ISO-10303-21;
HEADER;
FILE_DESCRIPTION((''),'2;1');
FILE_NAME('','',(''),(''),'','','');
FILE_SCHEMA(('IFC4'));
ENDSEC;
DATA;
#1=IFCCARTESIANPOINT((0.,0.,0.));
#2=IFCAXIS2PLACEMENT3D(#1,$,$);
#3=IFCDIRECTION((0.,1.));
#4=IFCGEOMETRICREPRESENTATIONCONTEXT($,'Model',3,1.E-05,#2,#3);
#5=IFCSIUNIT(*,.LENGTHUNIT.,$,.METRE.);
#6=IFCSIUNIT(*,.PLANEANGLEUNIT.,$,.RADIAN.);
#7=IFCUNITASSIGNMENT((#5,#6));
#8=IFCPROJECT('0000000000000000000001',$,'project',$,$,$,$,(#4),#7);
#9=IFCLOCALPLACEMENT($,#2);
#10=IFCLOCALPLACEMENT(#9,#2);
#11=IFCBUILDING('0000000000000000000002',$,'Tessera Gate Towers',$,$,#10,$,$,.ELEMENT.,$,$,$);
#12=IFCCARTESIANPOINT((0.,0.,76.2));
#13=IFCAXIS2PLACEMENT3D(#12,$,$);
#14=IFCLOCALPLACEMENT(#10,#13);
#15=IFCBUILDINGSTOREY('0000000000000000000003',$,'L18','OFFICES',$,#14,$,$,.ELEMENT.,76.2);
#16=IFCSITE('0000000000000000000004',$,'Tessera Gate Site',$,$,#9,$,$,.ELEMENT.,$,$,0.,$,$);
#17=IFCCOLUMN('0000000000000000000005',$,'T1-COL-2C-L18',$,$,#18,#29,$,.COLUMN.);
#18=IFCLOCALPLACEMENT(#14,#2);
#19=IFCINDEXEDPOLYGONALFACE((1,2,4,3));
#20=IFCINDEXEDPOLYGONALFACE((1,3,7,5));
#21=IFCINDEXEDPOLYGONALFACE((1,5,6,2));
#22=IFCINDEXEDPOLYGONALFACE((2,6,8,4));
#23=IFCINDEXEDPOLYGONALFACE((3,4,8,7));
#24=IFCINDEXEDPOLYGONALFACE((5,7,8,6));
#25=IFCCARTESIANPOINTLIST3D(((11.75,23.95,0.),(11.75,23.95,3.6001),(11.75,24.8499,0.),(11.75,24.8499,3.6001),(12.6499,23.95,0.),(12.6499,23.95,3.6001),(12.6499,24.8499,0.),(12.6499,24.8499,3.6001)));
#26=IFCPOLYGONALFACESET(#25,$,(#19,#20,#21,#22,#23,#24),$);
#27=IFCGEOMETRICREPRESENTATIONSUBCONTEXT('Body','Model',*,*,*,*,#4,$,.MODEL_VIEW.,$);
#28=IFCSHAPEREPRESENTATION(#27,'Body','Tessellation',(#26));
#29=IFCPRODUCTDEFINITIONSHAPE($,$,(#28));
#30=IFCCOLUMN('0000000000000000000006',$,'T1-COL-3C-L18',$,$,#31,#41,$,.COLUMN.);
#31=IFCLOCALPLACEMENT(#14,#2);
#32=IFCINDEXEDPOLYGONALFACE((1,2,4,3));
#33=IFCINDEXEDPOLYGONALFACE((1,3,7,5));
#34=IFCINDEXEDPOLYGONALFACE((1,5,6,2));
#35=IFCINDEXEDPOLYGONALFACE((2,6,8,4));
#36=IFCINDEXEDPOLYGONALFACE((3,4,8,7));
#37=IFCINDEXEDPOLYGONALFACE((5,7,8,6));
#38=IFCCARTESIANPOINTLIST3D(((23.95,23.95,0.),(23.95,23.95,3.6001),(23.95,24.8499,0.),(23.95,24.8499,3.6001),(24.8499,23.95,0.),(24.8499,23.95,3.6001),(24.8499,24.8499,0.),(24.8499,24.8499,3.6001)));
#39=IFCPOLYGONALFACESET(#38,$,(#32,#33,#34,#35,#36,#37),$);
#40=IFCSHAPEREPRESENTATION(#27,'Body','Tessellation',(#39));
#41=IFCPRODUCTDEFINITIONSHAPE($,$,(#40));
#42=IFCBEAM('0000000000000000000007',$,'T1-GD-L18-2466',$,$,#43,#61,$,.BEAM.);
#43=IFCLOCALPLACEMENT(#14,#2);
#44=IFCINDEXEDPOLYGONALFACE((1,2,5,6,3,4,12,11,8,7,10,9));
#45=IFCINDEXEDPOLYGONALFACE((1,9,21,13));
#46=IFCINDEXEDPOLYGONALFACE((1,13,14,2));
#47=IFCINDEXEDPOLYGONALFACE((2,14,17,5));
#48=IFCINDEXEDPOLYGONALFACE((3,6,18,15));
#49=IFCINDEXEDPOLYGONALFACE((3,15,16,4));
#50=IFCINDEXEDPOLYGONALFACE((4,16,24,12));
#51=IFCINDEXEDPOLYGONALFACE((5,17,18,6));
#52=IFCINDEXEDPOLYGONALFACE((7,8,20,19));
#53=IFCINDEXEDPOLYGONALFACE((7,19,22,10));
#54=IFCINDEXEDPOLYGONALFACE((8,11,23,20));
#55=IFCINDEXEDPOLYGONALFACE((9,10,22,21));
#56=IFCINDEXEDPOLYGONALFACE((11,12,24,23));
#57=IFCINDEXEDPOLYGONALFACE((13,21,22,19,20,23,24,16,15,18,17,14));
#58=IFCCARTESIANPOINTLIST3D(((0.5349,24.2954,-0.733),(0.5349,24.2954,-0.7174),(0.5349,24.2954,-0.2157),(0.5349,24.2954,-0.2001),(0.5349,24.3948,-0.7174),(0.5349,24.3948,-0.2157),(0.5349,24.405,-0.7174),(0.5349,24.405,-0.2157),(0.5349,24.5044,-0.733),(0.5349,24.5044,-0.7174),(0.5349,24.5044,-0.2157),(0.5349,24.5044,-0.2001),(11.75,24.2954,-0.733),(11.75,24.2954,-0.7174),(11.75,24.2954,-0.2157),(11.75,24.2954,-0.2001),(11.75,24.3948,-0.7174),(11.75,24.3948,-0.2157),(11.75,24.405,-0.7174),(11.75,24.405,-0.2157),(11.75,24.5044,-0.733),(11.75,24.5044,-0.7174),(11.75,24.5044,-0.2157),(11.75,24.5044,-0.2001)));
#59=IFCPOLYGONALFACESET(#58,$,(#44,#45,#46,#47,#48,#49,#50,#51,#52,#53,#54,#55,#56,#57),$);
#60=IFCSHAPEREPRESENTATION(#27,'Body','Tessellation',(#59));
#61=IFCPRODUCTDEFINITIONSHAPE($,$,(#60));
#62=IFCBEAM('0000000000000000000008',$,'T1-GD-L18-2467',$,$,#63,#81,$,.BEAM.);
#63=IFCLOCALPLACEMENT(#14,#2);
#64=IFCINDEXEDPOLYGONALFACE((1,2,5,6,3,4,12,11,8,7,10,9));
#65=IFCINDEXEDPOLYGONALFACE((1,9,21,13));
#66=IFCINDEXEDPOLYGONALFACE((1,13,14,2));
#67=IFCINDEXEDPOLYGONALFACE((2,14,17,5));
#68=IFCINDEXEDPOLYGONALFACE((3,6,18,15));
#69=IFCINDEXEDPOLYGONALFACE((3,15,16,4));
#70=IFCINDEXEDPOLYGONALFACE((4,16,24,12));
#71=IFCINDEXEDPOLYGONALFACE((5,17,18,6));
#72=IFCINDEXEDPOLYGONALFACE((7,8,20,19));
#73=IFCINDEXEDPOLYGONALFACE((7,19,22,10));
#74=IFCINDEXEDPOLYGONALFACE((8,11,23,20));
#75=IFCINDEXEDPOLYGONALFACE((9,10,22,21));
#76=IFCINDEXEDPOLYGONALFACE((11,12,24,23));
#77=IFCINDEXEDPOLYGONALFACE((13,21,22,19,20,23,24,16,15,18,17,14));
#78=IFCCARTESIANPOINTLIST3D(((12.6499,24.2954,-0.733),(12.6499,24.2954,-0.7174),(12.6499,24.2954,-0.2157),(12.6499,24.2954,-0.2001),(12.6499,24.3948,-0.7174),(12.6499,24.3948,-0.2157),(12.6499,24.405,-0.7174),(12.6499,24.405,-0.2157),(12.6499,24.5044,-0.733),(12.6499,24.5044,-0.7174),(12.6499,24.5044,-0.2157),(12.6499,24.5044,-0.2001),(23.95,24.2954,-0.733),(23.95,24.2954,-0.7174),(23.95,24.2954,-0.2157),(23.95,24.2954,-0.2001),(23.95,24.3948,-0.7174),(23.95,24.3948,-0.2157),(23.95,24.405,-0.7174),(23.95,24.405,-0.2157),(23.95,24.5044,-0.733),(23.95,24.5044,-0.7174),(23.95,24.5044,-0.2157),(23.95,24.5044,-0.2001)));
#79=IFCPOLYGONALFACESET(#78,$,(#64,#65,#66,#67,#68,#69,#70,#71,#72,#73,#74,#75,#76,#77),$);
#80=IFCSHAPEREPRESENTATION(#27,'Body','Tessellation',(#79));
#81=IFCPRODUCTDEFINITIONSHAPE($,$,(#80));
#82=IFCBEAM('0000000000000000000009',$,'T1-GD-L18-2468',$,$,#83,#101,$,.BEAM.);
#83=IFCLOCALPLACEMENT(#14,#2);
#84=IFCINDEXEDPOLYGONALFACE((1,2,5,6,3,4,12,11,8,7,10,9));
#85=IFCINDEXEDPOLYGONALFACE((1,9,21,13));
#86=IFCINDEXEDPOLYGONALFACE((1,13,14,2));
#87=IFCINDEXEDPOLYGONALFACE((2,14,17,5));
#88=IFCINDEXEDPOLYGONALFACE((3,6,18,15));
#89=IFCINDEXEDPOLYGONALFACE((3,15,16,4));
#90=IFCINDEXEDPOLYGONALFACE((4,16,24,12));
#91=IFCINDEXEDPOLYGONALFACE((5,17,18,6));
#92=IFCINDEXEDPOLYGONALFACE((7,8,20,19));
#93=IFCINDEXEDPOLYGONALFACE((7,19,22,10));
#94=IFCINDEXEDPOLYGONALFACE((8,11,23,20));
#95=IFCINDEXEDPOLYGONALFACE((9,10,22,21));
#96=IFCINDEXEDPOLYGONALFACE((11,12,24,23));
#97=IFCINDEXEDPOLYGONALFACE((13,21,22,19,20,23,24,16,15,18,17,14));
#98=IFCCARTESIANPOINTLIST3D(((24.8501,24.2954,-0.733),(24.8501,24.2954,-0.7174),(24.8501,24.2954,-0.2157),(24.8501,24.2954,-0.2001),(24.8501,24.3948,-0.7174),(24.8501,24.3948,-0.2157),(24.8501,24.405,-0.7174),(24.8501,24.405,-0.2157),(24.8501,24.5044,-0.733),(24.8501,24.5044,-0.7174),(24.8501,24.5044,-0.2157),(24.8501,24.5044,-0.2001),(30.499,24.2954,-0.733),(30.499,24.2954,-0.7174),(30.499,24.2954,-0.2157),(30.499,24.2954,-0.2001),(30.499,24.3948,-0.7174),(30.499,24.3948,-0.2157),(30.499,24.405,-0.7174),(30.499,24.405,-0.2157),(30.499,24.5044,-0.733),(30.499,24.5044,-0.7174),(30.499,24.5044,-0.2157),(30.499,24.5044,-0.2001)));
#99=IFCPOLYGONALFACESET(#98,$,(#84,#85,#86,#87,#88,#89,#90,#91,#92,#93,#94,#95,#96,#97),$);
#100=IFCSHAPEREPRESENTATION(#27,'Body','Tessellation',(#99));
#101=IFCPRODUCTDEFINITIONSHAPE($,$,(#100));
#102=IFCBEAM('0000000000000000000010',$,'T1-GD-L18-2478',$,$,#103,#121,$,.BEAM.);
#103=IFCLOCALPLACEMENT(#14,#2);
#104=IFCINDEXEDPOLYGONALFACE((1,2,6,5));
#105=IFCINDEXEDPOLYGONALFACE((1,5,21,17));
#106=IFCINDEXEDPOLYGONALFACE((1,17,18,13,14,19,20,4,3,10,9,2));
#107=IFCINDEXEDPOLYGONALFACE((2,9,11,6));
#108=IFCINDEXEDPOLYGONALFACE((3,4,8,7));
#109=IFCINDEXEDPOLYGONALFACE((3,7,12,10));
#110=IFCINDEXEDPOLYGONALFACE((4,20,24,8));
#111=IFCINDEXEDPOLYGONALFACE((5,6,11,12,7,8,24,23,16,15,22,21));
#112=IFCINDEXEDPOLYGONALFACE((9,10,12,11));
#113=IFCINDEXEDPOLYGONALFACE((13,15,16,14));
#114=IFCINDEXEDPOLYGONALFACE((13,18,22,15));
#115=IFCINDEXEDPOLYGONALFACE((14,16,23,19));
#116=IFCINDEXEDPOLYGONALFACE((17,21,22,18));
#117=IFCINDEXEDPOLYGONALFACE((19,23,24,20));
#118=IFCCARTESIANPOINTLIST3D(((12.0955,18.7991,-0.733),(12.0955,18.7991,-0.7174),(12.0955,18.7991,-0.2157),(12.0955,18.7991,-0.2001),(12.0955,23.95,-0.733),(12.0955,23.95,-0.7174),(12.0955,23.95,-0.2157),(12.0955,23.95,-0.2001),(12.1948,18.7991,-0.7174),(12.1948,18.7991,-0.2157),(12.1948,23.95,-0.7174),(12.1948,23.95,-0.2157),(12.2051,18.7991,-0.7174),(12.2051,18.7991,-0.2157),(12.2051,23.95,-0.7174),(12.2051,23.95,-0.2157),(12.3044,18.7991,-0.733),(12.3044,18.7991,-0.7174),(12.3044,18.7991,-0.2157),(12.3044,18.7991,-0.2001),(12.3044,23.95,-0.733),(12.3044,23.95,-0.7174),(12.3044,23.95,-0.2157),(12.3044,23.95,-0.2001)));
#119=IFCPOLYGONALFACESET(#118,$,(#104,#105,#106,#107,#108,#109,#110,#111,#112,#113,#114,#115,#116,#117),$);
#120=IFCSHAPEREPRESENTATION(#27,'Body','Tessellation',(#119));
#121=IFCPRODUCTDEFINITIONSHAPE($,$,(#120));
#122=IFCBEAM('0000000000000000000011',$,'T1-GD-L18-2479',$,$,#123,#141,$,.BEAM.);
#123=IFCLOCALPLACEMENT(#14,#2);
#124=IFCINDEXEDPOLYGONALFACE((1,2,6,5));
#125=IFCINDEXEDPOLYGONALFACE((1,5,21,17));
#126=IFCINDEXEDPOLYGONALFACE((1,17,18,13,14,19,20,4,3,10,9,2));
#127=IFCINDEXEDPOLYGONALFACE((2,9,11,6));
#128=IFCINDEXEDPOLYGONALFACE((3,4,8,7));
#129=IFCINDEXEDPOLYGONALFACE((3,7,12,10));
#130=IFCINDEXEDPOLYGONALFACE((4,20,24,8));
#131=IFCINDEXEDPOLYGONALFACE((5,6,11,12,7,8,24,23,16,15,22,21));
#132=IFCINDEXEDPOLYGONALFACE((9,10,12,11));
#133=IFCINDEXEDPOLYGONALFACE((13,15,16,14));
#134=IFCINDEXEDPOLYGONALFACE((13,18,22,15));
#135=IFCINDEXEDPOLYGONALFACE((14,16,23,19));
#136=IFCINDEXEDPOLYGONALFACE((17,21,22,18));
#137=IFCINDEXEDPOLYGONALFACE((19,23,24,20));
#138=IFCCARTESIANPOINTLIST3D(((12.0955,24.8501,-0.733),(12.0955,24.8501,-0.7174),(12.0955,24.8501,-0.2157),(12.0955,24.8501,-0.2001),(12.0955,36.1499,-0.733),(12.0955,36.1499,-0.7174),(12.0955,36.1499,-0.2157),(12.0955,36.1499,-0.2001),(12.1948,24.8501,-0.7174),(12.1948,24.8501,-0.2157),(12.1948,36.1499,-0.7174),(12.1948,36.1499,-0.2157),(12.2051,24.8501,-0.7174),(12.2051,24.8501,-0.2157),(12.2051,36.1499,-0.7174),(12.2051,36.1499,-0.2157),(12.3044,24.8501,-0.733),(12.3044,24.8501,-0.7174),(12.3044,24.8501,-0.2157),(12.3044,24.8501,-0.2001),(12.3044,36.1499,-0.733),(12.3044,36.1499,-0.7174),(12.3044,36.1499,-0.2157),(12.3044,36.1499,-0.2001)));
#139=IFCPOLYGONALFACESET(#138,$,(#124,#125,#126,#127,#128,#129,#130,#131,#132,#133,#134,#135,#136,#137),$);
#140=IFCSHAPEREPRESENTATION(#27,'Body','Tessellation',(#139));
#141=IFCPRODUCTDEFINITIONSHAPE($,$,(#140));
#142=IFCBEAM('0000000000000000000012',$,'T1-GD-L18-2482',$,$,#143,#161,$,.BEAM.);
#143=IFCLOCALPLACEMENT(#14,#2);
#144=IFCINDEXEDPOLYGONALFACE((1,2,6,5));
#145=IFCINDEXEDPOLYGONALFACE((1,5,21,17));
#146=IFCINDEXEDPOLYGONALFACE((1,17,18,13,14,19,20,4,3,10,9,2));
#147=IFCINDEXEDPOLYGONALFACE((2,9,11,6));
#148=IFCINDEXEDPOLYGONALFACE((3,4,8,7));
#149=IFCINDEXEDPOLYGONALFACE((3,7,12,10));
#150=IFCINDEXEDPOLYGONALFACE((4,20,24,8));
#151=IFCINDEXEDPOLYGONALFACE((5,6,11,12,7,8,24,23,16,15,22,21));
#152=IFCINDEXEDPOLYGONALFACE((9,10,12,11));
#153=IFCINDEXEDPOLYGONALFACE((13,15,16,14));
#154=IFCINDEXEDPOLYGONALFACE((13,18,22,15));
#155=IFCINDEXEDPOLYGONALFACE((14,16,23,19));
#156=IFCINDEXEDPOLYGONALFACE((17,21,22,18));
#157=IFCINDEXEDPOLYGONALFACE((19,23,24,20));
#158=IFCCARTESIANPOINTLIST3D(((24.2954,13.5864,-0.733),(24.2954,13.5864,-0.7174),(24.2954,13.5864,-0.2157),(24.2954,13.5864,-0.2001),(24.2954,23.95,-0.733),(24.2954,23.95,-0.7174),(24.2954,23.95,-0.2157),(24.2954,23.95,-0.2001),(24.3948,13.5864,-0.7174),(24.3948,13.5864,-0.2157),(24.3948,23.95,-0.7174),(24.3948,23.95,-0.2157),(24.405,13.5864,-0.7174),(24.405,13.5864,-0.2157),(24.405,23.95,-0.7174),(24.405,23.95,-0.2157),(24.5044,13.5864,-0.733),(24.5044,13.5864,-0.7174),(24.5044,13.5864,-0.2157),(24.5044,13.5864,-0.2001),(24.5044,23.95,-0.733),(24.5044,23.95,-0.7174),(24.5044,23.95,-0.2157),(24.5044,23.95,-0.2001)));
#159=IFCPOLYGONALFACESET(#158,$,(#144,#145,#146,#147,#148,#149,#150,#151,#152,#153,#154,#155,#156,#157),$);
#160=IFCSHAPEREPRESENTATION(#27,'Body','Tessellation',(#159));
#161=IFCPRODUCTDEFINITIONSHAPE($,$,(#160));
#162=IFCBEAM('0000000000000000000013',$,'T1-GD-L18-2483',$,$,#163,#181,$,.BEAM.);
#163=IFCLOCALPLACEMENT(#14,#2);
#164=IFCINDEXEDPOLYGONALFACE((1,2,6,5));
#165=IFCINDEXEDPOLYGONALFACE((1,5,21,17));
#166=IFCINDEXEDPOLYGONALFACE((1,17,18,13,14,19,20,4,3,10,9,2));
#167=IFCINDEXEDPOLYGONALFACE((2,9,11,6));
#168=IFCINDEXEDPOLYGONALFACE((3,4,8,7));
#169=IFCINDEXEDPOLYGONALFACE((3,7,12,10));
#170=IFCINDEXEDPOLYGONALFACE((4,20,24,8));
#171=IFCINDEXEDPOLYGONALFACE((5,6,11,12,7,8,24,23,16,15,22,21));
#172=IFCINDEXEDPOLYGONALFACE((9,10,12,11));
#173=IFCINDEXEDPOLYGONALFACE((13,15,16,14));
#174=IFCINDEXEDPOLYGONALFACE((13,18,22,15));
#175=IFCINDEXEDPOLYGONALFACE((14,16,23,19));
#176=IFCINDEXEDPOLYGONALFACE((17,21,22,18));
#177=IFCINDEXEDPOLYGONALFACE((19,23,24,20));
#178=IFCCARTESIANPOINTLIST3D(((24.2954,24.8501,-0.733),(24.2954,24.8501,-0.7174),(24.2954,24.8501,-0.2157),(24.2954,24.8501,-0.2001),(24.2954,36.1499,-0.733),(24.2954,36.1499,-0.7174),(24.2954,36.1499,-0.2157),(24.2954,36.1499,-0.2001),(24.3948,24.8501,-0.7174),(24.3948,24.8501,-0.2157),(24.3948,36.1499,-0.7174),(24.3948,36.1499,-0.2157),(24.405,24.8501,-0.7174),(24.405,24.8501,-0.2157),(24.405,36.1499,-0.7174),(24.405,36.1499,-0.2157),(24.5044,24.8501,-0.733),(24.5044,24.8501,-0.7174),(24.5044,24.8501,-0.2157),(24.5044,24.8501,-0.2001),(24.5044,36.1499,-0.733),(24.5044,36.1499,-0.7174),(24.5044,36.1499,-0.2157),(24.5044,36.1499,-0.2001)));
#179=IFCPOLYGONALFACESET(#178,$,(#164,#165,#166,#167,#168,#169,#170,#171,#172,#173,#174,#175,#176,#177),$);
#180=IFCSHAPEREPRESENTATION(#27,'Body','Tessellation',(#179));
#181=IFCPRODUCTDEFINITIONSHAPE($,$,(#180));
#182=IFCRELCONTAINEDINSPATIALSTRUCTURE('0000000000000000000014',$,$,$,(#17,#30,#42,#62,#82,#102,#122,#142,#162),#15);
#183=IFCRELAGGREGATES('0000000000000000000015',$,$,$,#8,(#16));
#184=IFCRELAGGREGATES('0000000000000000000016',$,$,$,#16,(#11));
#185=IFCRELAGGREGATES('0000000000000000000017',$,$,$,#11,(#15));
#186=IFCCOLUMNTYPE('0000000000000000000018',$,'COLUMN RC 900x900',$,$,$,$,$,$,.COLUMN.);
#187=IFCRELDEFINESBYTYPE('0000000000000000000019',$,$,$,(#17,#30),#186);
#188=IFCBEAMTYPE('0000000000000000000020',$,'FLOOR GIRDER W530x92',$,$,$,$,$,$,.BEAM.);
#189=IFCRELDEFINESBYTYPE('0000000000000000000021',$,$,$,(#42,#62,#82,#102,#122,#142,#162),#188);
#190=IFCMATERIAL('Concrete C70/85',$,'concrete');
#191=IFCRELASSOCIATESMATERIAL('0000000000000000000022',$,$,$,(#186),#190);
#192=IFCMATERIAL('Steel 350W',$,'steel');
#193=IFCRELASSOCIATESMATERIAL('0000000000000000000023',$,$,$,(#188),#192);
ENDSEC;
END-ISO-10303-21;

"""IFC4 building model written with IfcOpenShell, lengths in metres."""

from ifc_helpers import new_model, si_unit, direction, frame, origin, origin_2d, place, context, subcontext, project, spatial, rectangle, i_section, extrude, material, material_profile, profile_set, type_object, element, save


model = new_model("IFC4")

# Units and contexts
model_context = context("Model", 3, precision=1e-05, world=origin(), true_north=direction((0.0, 1.0)))
body_context = subcontext(model_context, "Body", "Model", "MODEL_VIEW")
ifc_project = project(units=[si_unit("LENGTHUNIT", "METRE"), si_unit("PLANEANGLEUNIT", "RADIAN")], contexts=[model_context])

# Site, building, storey
site_placement = place(None, origin())
site = spatial("IfcSite", under=ifc_project, at=site_placement, Name="Tessera Gate Site", CompositionType="ELEMENT", RefElevation=0.0)
building_placement = place(site_placement, origin())
building = spatial("IfcBuilding", under=site, at=building_placement, Name="Tessera Gate Towers", CompositionType="ELEMENT")
storey_placement = place(building_placement, frame((0.0, 0.0, 76.2)))
storey = spatial("IfcBuildingStorey", under=building, at=storey_placement, Name="L18", Description="OFFICES", CompositionType="ELEMENT", Elevation=76.2)

# Columns
ifc_material_1 = material(Name="Concrete C70/85", Category="concrete")
ifc_material_profile_1 = material_profile(ifc_material_1, rectangle(XDim=0.8999, YDim=0.8999, at=origin_2d()), Name="RC 900x900")
ifc_profile_set_1 = profile_set([ifc_material_profile_1], Name="Concrete C70/85")
column_type = type_object("IfcColumnType", Name="COLUMN RC 900x900", PredefinedType="COLUMN", material=ifc_profile_set_1)
for number, where, z_axis, x_axis, name in (
    (1, (12.2, 24.3999, 0.0), (0.0, 0.0, 1.0), (1.0, 0.0, 0.0), "T1-COL-2C-L18"),
    (2, (24.3999, 24.3999, 0.0), (0.0, 0.0, 1.0), (1.0, 0.0, 0.0), "T1-COL-3C-L18"),
):
    element("IfcColumn", number, at=place(storey_placement, frame(where, z_axis=z_axis, x_axis=x_axis)), inside=storey, type_object=column_type, Name=name, PredefinedType="COLUMN", context=body_context, shape_type="SweptSolid", body=[
        extrude(rectangle(XDim=0.8999, YDim=0.8999, at=origin_2d()), origin(), (0.0, 0.0, 1.0), 3.6001),
    ])

# Beams
ifc_material_2 = material(Name="Steel 350W", Category="steel")
ifc_material_profile_2 = material_profile(ifc_material_2, i_section(OverallWidth=0.209, OverallDepth=0.533, WebThickness=0.0103, FlangeThickness=0.0156, at=origin_2d()), Name="W530x92")
ifc_profile_set_2 = profile_set([ifc_material_profile_2], Name="Steel 350W")
beam_type_1 = type_object("IfcBeamType", Name="FLOOR GIRDER W530x92", PredefinedType="BEAM", material=ifc_profile_set_2)
beam_1_placement = place(storey_placement, frame((0.5349, 24.3999, -0.4666), z_axis=(1.0, 0.0, 0.0), x_axis=(0.0, 1.0, 0.0)))
element("IfcBeam", 3, at=beam_1_placement, inside=storey, type_object=beam_type_1, Name="T1-GD-L18-2466", PredefinedType="BEAM", context=body_context, shape_type="SweptSolid", body=[
    extrude(i_section(OverallWidth=0.209, OverallDepth=0.533, WebThickness=0.0103, FlangeThickness=0.0156, at=origin_2d()), origin(), (0.0, 0.0, 1.0), 11.2151),
])
beam_2_placement = place(storey_placement, frame((12.6499, 24.3999, -0.4666), z_axis=(1.0, 0.0, 0.0), x_axis=(0.0, 1.0, 0.0)))
element("IfcBeam", 4, at=beam_2_placement, inside=storey, type_object=beam_type_1, Name="T1-GD-L18-2467", PredefinedType="BEAM", context=body_context, shape_type="SweptSolid", body=[
    extrude(i_section(OverallWidth=0.209, OverallDepth=0.533, WebThickness=0.0103, FlangeThickness=0.0156, at=origin_2d()), origin(), (0.0, 0.0, 1.0), 11.3),
])
beam_3_placement = place(storey_placement, frame((24.8501, 24.3999, -0.4666), z_axis=(1.0, 0.0, 0.0), x_axis=(0.0, 1.0, 0.0)))
element("IfcBeam", 5, at=beam_3_placement, inside=storey, type_object=beam_type_1, Name="T1-GD-L18-2468", PredefinedType="BEAM", context=body_context, shape_type="SweptSolid", body=[
    extrude(i_section(OverallWidth=0.209, OverallDepth=0.533, WebThickness=0.0103, FlangeThickness=0.0156, at=origin_2d()), origin(), (0.0, 0.0, 1.0), 5.6489),
])
beam_4_placement = place(storey_placement, frame((12.2, 18.7991, -0.4666), z_axis=(0.0, 1.0, 0.0), x_axis=(-1.0, 0.0, 0.0)))
element("IfcBeam", 6, at=beam_4_placement, inside=storey, type_object=beam_type_1, Name="T1-GD-L18-2478", PredefinedType="BEAM", context=body_context, shape_type="SweptSolid", body=[
    extrude(i_section(OverallWidth=0.209, OverallDepth=0.533, WebThickness=0.0103, FlangeThickness=0.0156, at=origin_2d()), origin(), (0.0, 0.0, 1.0), 5.1509),
])
beam_5_placement = place(storey_placement, frame((12.2, 24.8501, -0.4666), z_axis=(0.0, 1.0, 0.0), x_axis=(-1.0, 0.0, 0.0)))
element("IfcBeam", 7, at=beam_5_placement, inside=storey, type_object=beam_type_1, Name="T1-GD-L18-2479", PredefinedType="BEAM", context=body_context, shape_type="SweptSolid", body=[
    extrude(i_section(OverallWidth=0.209, OverallDepth=0.533, WebThickness=0.0103, FlangeThickness=0.0156, at=origin_2d()), origin(), (0.0, 0.0, 1.0), 11.2998),
])
beam_6_placement = place(storey_placement, frame((24.3999, 13.5864, -0.4666), z_axis=(0.0, 1.0, 0.0), x_axis=(-1.0, 0.0, 0.0)))
element("IfcBeam", 8, at=beam_6_placement, inside=storey, type_object=beam_type_1, Name="T1-GD-L18-2482", PredefinedType="BEAM", context=body_context, shape_type="SweptSolid", body=[
    extrude(i_section(OverallWidth=0.209, OverallDepth=0.533, WebThickness=0.0103, FlangeThickness=0.0156, at=origin_2d()), origin(), (0.0, 0.0, 1.0), 10.3635),
])
beam_7_placement = place(storey_placement, frame((24.3999, 24.8501, -0.4666), z_axis=(0.0, 1.0, 0.0), x_axis=(-1.0, 0.0, 0.0)))
element("IfcBeam", 9, at=beam_7_placement, inside=storey, type_object=beam_type_1, Name="T1-GD-L18-2483", PredefinedType="BEAM", context=body_context, shape_type="SweptSolid", body=[
    extrude(i_section(OverallWidth=0.209, OverallDepth=0.533, WebThickness=0.0103, FlangeThickness=0.0156, at=origin_2d()), origin(), (0.0, 0.0, 1.0), 11.2998),
])

save(model, "model.ifc")
